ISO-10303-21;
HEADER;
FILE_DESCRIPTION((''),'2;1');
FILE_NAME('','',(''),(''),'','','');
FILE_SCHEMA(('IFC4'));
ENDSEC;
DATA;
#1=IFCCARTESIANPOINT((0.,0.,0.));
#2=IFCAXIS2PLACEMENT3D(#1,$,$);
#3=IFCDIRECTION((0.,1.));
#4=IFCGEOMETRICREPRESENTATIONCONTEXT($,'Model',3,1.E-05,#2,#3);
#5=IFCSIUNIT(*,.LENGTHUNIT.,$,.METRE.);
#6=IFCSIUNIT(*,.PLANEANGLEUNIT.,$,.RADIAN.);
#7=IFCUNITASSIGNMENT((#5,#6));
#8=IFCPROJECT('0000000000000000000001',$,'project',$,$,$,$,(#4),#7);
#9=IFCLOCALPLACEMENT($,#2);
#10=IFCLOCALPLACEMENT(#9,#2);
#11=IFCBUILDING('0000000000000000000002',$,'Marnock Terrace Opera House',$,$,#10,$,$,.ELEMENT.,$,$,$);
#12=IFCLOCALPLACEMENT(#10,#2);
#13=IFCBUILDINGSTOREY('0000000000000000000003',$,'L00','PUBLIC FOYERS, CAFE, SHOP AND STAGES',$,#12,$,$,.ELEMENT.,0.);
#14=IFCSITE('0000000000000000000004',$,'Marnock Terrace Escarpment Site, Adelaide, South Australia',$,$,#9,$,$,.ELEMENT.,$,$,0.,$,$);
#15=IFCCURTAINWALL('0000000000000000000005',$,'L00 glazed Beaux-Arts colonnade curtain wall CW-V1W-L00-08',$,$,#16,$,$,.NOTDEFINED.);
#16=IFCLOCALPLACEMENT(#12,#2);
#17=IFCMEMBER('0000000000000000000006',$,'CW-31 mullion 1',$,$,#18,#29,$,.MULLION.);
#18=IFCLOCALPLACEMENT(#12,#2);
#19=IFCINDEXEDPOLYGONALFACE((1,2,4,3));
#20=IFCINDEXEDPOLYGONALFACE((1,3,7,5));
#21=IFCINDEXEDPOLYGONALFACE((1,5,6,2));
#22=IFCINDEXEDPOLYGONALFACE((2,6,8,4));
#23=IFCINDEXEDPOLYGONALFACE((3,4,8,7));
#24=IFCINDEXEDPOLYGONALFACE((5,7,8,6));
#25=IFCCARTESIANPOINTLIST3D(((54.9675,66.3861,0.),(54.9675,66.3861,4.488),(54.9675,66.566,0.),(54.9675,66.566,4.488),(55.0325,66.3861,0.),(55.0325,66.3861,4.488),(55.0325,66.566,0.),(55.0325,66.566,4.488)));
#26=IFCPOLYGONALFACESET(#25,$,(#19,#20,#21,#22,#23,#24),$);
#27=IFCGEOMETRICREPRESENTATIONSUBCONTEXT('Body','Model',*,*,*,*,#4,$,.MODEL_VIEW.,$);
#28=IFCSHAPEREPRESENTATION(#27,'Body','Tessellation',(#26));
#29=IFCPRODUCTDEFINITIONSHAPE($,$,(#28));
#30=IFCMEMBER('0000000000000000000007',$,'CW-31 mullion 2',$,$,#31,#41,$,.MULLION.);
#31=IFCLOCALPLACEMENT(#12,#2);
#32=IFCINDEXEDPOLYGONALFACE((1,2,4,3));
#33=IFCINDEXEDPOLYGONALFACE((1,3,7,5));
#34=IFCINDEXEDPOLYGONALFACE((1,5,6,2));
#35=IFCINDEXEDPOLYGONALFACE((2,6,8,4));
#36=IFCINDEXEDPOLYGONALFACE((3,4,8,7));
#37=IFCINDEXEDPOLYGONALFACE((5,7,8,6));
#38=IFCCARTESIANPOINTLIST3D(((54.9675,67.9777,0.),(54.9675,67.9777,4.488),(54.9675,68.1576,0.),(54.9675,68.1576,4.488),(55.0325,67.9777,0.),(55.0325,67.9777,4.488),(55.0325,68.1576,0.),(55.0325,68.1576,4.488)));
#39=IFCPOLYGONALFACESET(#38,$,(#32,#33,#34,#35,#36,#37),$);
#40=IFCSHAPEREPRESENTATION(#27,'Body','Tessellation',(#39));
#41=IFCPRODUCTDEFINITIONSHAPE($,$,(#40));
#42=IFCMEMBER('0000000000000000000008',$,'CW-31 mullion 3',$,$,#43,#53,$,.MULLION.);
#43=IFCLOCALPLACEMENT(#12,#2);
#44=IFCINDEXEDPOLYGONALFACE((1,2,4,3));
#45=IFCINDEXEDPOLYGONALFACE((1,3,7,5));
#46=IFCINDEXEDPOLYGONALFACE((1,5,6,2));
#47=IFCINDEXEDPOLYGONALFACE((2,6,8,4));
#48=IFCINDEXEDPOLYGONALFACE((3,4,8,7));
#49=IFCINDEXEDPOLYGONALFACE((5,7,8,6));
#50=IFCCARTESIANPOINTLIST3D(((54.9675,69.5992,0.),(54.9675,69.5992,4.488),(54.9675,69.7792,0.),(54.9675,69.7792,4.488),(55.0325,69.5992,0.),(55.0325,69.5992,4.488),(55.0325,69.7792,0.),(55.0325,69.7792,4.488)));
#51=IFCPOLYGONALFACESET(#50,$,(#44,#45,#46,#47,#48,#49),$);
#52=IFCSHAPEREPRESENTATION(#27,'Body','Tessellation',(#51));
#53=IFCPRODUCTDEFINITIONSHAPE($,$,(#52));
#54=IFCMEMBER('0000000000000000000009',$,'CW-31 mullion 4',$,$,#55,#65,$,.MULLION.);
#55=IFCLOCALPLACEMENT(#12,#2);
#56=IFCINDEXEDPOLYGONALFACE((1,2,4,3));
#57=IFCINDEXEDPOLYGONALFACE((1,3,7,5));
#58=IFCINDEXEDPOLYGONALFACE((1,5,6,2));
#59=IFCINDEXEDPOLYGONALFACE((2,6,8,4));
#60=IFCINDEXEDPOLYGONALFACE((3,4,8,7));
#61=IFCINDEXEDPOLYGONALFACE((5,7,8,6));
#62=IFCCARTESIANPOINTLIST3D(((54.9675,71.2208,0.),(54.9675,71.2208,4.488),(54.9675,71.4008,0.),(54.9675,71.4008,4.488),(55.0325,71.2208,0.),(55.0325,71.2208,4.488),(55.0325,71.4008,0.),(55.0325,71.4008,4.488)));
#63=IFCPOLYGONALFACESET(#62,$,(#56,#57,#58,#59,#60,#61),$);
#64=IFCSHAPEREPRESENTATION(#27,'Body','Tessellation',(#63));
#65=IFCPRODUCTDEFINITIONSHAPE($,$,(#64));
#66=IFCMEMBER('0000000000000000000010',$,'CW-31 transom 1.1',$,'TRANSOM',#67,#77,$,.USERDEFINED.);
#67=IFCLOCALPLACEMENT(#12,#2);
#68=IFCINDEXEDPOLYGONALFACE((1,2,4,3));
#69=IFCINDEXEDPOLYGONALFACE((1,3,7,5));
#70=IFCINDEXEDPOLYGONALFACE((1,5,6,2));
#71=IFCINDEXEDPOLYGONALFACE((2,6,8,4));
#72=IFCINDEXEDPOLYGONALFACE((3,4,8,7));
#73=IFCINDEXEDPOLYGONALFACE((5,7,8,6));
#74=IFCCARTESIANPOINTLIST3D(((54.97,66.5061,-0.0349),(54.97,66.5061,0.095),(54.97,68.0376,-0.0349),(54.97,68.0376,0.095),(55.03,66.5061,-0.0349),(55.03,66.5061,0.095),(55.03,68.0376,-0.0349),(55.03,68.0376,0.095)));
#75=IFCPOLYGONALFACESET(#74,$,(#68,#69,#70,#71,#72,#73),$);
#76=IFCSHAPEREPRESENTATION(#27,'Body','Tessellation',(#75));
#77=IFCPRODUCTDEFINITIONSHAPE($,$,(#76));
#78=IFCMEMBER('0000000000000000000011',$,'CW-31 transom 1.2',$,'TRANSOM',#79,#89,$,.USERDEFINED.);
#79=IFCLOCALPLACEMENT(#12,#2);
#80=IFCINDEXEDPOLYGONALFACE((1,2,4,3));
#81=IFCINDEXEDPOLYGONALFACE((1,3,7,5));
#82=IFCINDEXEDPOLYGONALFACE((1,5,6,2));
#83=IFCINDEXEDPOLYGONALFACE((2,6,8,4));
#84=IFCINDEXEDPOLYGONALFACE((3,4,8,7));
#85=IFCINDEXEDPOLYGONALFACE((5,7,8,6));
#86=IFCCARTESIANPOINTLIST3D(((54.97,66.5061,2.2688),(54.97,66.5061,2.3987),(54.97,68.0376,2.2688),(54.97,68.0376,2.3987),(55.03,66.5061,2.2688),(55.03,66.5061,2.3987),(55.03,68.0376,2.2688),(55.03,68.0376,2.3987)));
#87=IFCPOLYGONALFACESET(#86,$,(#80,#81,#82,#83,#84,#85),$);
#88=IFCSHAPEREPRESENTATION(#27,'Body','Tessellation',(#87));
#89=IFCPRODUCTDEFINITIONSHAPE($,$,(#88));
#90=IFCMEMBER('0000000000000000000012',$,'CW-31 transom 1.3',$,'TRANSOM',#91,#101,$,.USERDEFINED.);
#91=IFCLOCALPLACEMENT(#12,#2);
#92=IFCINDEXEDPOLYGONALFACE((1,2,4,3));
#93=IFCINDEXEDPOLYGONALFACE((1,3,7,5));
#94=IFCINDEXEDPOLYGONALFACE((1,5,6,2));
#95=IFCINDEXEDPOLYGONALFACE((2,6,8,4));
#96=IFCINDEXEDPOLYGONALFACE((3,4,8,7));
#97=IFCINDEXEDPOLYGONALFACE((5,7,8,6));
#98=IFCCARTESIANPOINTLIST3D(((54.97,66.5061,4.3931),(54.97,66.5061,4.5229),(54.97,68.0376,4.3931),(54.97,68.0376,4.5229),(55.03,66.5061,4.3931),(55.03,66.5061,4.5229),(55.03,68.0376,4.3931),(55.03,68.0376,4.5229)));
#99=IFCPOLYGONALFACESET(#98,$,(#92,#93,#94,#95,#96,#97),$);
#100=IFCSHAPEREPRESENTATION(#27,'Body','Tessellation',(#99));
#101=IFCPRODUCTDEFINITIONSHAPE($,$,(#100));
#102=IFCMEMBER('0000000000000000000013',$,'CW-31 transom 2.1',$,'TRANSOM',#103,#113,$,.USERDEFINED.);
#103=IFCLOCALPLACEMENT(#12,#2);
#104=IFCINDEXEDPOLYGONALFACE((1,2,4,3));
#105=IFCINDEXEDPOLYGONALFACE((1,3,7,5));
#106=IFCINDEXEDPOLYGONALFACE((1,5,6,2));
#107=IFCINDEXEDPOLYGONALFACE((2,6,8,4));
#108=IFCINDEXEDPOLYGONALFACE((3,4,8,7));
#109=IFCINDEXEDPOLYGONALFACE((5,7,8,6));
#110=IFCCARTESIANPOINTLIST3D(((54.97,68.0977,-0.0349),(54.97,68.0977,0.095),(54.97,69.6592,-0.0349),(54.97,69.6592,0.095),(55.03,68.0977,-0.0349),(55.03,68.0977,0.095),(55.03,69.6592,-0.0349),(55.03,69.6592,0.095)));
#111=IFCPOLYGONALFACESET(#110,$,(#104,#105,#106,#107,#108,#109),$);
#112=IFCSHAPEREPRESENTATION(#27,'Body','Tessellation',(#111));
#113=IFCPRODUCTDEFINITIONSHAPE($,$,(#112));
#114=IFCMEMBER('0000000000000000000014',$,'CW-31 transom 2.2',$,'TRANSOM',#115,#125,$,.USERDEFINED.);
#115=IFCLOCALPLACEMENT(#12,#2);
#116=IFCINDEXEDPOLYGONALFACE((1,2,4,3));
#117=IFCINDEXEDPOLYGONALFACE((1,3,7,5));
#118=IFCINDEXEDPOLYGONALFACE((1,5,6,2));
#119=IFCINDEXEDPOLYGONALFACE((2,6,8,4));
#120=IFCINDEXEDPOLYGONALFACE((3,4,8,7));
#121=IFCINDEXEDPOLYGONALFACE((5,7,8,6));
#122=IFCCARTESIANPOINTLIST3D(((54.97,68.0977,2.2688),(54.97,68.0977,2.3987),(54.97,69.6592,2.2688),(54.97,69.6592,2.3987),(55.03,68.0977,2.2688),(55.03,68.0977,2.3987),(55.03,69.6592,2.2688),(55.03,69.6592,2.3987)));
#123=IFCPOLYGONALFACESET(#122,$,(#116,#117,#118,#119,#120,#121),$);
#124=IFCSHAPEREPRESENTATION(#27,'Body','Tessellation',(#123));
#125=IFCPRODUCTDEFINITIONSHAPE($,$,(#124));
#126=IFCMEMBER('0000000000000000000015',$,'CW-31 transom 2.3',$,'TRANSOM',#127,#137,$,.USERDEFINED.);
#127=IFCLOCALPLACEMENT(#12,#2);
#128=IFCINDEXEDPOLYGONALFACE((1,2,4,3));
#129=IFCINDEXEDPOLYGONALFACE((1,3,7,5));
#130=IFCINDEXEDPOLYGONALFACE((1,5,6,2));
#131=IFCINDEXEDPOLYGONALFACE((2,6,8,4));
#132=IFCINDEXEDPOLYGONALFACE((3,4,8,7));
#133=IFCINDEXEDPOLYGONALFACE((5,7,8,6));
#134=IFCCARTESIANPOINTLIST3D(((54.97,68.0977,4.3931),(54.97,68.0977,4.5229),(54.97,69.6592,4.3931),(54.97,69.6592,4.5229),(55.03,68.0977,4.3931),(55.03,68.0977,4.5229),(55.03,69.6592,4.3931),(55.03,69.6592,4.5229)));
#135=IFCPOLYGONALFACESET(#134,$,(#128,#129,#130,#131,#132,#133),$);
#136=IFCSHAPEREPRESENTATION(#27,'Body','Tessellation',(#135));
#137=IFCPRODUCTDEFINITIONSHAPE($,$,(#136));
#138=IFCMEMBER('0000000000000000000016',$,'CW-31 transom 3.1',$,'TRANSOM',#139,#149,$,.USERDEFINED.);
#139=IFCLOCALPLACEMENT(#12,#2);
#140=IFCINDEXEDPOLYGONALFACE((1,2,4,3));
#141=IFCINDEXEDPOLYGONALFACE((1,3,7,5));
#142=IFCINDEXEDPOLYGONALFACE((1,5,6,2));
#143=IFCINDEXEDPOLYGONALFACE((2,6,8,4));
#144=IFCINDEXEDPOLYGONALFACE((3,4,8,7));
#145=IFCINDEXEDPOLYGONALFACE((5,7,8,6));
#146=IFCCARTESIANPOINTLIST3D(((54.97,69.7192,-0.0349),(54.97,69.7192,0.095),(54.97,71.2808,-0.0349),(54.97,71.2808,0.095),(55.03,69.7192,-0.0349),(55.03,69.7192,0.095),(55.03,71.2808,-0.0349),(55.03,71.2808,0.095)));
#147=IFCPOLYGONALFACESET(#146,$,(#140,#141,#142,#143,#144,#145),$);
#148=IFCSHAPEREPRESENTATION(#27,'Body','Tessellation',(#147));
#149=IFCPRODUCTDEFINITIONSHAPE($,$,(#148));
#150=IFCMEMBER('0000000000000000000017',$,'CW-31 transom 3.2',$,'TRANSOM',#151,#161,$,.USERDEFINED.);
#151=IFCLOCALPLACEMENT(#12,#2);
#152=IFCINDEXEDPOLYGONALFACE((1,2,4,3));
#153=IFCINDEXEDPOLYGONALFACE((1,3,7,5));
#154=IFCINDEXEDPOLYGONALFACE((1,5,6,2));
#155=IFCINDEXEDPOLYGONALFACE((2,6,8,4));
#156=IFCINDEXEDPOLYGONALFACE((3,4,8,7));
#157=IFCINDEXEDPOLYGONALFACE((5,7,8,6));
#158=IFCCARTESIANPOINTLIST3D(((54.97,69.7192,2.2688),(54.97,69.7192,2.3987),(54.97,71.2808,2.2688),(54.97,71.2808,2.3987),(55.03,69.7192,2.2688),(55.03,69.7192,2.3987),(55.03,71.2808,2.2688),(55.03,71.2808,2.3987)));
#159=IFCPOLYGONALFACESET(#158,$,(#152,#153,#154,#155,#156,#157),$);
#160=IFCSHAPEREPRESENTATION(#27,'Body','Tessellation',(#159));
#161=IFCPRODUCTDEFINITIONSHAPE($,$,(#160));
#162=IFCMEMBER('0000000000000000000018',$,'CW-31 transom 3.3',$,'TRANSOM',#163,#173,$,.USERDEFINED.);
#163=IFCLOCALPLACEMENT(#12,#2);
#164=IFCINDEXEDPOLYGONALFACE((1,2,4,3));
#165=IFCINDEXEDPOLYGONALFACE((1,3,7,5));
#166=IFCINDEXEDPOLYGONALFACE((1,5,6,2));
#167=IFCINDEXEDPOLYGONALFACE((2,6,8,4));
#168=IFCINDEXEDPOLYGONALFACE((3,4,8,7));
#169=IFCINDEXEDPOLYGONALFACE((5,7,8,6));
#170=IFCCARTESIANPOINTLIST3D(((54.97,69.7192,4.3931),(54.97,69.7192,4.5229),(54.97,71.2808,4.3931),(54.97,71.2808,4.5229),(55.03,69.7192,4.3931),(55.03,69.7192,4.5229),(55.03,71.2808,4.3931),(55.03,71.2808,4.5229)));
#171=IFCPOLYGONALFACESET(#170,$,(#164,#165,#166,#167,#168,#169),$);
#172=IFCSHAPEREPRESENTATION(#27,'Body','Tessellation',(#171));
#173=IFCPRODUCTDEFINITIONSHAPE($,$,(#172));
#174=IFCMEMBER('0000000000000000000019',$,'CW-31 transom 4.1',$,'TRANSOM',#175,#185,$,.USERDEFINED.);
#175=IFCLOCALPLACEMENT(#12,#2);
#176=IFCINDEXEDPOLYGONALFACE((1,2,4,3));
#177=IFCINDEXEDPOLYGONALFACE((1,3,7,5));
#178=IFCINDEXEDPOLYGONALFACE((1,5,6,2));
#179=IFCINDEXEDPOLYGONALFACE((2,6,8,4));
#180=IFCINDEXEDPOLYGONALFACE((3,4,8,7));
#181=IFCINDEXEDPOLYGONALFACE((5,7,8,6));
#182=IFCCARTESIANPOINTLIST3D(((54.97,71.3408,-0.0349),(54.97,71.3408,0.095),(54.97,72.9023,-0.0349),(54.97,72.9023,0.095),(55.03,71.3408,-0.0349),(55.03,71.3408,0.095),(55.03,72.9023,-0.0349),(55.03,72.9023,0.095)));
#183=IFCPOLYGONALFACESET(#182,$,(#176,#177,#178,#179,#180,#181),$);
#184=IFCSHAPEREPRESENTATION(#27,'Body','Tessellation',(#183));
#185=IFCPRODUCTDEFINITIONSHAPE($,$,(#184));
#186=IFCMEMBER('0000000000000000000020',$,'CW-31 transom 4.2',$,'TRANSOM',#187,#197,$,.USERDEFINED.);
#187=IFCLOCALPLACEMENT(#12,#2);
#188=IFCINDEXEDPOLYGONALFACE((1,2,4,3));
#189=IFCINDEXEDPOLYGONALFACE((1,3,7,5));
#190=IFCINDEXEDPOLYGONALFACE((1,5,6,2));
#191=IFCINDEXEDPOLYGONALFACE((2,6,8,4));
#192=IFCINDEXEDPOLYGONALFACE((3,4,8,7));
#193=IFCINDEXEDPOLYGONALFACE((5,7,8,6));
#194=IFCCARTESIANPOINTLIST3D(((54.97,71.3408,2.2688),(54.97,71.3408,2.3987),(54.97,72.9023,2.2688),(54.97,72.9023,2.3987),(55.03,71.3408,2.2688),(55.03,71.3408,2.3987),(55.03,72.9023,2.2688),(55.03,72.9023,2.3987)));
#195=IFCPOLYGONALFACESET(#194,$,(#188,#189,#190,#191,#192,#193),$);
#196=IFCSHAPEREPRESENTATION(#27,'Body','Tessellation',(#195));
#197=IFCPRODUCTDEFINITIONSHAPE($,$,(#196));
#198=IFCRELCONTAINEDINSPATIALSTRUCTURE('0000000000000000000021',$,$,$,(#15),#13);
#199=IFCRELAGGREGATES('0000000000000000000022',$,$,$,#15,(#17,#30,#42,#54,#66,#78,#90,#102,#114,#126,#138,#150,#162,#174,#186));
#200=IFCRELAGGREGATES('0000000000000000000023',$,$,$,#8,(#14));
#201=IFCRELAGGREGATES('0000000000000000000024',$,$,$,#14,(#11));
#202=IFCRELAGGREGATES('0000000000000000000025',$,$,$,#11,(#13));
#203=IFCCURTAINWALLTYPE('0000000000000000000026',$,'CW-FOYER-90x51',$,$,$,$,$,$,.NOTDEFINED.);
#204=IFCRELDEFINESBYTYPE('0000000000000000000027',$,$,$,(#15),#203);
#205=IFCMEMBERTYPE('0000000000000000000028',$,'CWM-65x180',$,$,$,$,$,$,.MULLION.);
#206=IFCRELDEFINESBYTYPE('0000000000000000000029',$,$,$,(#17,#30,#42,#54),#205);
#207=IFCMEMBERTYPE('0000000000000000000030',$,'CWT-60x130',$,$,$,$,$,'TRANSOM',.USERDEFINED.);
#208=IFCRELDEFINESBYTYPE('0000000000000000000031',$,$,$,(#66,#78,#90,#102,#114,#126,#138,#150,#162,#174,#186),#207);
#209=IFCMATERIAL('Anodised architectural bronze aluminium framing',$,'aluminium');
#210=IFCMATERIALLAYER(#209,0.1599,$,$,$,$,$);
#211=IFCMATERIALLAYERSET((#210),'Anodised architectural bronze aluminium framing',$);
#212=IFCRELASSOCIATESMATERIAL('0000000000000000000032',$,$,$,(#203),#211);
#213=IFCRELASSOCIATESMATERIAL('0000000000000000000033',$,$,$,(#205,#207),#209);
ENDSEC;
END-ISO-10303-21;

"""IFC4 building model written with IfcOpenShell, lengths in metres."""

from ifc_helpers import new_model, si_unit, direction, frame, origin, origin_2d, place, context, subcontext, project, spatial, rectangle, extrude, material, layer, layer_set, material_profile, profile_set, type_object, element, aggregate, save


model = new_model("IFC4")

# Units and contexts
model_context = context("Model", 3, precision=1e-05, world=origin(), true_north=direction((0.0, 1.0)))
body_context = subcontext(model_context, "Body", "Model", "MODEL_VIEW")
ifc_project = project(units=[si_unit("LENGTHUNIT", "METRE"), si_unit("PLANEANGLEUNIT", "RADIAN")], contexts=[model_context])

# Site, building, storey
site_placement = place(None, origin())
site = spatial("IfcSite", under=ifc_project, at=site_placement, Name="Marnock Terrace Escarpment Site, Adelaide, South Australia", CompositionType="ELEMENT", RefElevation=0.0)
building_placement = place(site_placement, origin())
building = spatial("IfcBuilding", under=site, at=building_placement, Name="Marnock Terrace Opera House", CompositionType="ELEMENT")
storey_placement = place(building_placement, origin())
storey = spatial("IfcBuildingStorey", under=building, at=storey_placement, Name="L00", Description="PUBLIC FOYERS, CAFE, SHOP AND STAGES", CompositionType="ELEMENT", Elevation=0.0)

# Curtain wall, members
ifc_material = material(Name="Anodised architectural bronze aluminium framing", Category="aluminium")
ifc_layer_1 = layer(ifc_material, 0.1599)
ifc_layer_set_1 = layer_set([ifc_layer_1], Name="Anodised architectural bronze aluminium framing")
curtain_wall_type = type_object("IfcCurtainWallType", Name="CW-FOYER-90x51", PredefinedType="NOTDEFINED", material=ifc_layer_set_1)
curtain_wall_placement = place(storey_placement, origin())
curtain_wall = element("IfcCurtainWall", 1, at=curtain_wall_placement, inside=storey, type_object=curtain_wall_type, Name="L00 glazed Beaux-Arts colonnade curtain wall CW-V1W-L00-08", PredefinedType="NOTDEFINED")
ifc_material_profile_1 = material_profile(ifc_material, rectangle(XDim=0.0649, YDim=0.1799, at=origin_2d()))
ifc_profile_set_1 = profile_set([ifc_material_profile_1], Name="Anodised architectural bronze aluminium framing")
member_type_1 = type_object("IfcMemberType", Name="CWM-65x180", PredefinedType="MULLION", material=ifc_profile_set_1)
member_1_placement = place(storey_placement, frame((55.0, 66.4761, 0.0), z_axis=(0.0, 0.0, 1.0), x_axis=(-1.0, 0.0, 0.0)))
member_1 = element("IfcMember", 2, at=member_1_placement, type_object=member_type_1, Name="CW-31 mullion 1", PredefinedType="MULLION", context=body_context, shape_type="SweptSolid", body=[
    extrude(rectangle(XDim=0.0649, YDim=0.1799, at=origin_2d()), origin(), (0.0, 0.0, 1.0), 4.488),
])
member_2_placement = place(storey_placement, frame((55.0, 68.0676, 0.0), z_axis=(0.0, 0.0, 1.0), x_axis=(-1.0, 0.0, 0.0)))
member_2 = element("IfcMember", 3, at=member_2_placement, type_object=member_type_1, Name="CW-31 mullion 2", PredefinedType="MULLION", context=body_context, shape_type="SweptSolid", body=[
    extrude(rectangle(XDim=0.0649, YDim=0.1799, at=origin_2d()), origin(), (0.0, 0.0, 1.0), 4.488),
])
member_3_placement = place(storey_placement, frame((55.0, 69.6892, 0.0), z_axis=(0.0, 0.0, 1.0), x_axis=(-1.0, 0.0, 0.0)))
member_3 = element("IfcMember", 4, at=member_3_placement, type_object=member_type_1, Name="CW-31 mullion 3", PredefinedType="MULLION", context=body_context, shape_type="SweptSolid", body=[
    extrude(rectangle(XDim=0.0649, YDim=0.1799, at=origin_2d()), origin(), (0.0, 0.0, 1.0), 4.488),
])
member_4_placement = place(storey_placement, frame((55.0, 71.3108, 0.0), z_axis=(0.0, 0.0, 1.0), x_axis=(-1.0, 0.0, 0.0)))
member_4 = element("IfcMember", 5, at=member_4_placement, type_object=member_type_1, Name="CW-31 mullion 4", PredefinedType="MULLION", context=body_context, shape_type="SweptSolid", body=[
    extrude(rectangle(XDim=0.0649, YDim=0.1799, at=origin_2d()), origin(), (0.0, 0.0, 1.0), 4.488),
])
ifc_material_profile_2 = material_profile(ifc_material, rectangle(XDim=0.0601, YDim=0.1299, at=origin_2d()))
ifc_profile_set_2 = profile_set([ifc_material_profile_2], Name="Anodised architectural bronze aluminium framing")
member_type_2 = type_object("IfcMemberType", Name="CWT-60x130", ElementType="TRANSOM", PredefinedType="USERDEFINED", material=ifc_profile_set_2)
member_5_placement = place(storey_placement, frame((55.0, 66.5061, 0.03), z_axis=(0.0, 1.0, 0.0), x_axis=(-1.0, 0.0, 0.0)))
member_5 = element("IfcMember", 6, at=member_5_placement, type_object=member_type_2, Name="CW-31 transom 1.1", ObjectType="TRANSOM", PredefinedType="USERDEFINED", context=body_context, shape_type="SweptSolid", body=[
    extrude(rectangle(XDim=0.0601, YDim=0.1299, at=origin_2d()), origin(), (0.0, 0.0, 1.0), 1.5315),
])
member_6_placement = place(storey_placement, frame((55.0, 66.5061, 2.3337), z_axis=(0.0, 1.0, 0.0), x_axis=(-1.0, 0.0, 0.0)))
member_6 = element("IfcMember", 7, at=member_6_placement, type_object=member_type_2, Name="CW-31 transom 1.2", ObjectType="TRANSOM", PredefinedType="USERDEFINED", context=body_context, shape_type="SweptSolid", body=[
    extrude(rectangle(XDim=0.0601, YDim=0.1299, at=origin_2d()), origin(), (0.0, 0.0, 1.0), 1.5315),
])
member_7_placement = place(storey_placement, frame((55.0, 66.5061, 4.458), z_axis=(0.0, 1.0, 0.0), x_axis=(-1.0, 0.0, 0.0)))
member_7 = element("IfcMember", 8, at=member_7_placement, type_object=member_type_2, Name="CW-31 transom 1.3", ObjectType="TRANSOM", PredefinedType="USERDEFINED", context=body_context, shape_type="SweptSolid", body=[
    extrude(rectangle(XDim=0.0601, YDim=0.1299, at=origin_2d()), origin(), (0.0, 0.0, 1.0), 1.5315),
])
member_8_placement = place(storey_placement, frame((55.0, 68.0977, 0.03), z_axis=(0.0, 1.0, 0.0), x_axis=(-1.0, 0.0, 0.0)))
member_8 = element("IfcMember", 9, at=member_8_placement, type_object=member_type_2, Name="CW-31 transom 2.1", ObjectType="TRANSOM", PredefinedType="USERDEFINED", context=body_context, shape_type="SweptSolid", body=[
    extrude(rectangle(XDim=0.0601, YDim=0.1299, at=origin_2d()), origin(), (0.0, 0.0, 1.0), 1.5615),
])
member_9_placement = place(storey_placement, frame((55.0, 68.0977, 2.3337), z_axis=(0.0, 1.0, 0.0), x_axis=(-1.0, 0.0, 0.0)))
member_9 = element("IfcMember", 10, at=member_9_placement, type_object=member_type_2, Name="CW-31 transom 2.2", ObjectType="TRANSOM", PredefinedType="USERDEFINED", context=body_context, shape_type="SweptSolid", body=[
    extrude(rectangle(XDim=0.0601, YDim=0.1299, at=origin_2d()), origin(), (0.0, 0.0, 1.0), 1.5615),
])
member_10_placement = place(storey_placement, frame((55.0, 68.0977, 4.458), z_axis=(0.0, 1.0, 0.0), x_axis=(-1.0, 0.0, 0.0)))
member_10 = element("IfcMember", 11, at=member_10_placement, type_object=member_type_2, Name="CW-31 transom 2.3", ObjectType="TRANSOM", PredefinedType="USERDEFINED", context=body_context, shape_type="SweptSolid", body=[
    extrude(rectangle(XDim=0.0601, YDim=0.1299, at=origin_2d()), origin(), (0.0, 0.0, 1.0), 1.5615),
])
member_11_placement = place(storey_placement, frame((55.0, 69.7192, 0.03), z_axis=(0.0, 1.0, 0.0), x_axis=(-1.0, 0.0, 0.0)))
member_11 = element("IfcMember", 12, at=member_11_placement, type_object=member_type_2, Name="CW-31 transom 3.1", ObjectType="TRANSOM", PredefinedType="USERDEFINED", context=body_context, shape_type="SweptSolid", body=[
    extrude(rectangle(XDim=0.0601, YDim=0.1299, at=origin_2d()), origin(), (0.0, 0.0, 1.0), 1.5615),
])
member_12_placement = place(storey_placement, frame((55.0, 69.7192, 2.3337), z_axis=(0.0, 1.0, 0.0), x_axis=(-1.0, 0.0, 0.0)))
member_12 = element("IfcMember", 13, at=member_12_placement, type_object=member_type_2, Name="CW-31 transom 3.2", ObjectType="TRANSOM", PredefinedType="USERDEFINED", context=body_context, shape_type="SweptSolid", body=[
    extrude(rectangle(XDim=0.0601, YDim=0.1299, at=origin_2d()), origin(), (0.0, 0.0, 1.0), 1.5615),
])
member_13_placement = place(storey_placement, frame((55.0, 69.7192, 4.458), z_axis=(0.0, 1.0, 0.0), x_axis=(-1.0, 0.0, 0.0)))
member_13 = element("IfcMember", 14, at=member_13_placement, type_object=member_type_2, Name="CW-31 transom 3.3", ObjectType="TRANSOM", PredefinedType="USERDEFINED", context=body_context, shape_type="SweptSolid", body=[
    extrude(rectangle(XDim=0.0601, YDim=0.1299, at=origin_2d()), origin(), (0.0, 0.0, 1.0), 1.5615),
])
member_14_placement = place(storey_placement, frame((55.0, 71.3408, 0.03), z_axis=(0.0, 1.0, 0.0), x_axis=(-1.0, 0.0, 0.0)))
member_14 = element("IfcMember", 15, at=member_14_placement, type_object=member_type_2, Name="CW-31 transom 4.1", ObjectType="TRANSOM", PredefinedType="USERDEFINED", context=body_context, shape_type="SweptSolid", body=[
    extrude(rectangle(XDim=0.0601, YDim=0.1299, at=origin_2d()), origin(), (0.0, 0.0, 1.0), 1.5615),
])
member_15_placement = place(storey_placement, frame((55.0, 71.3408, 2.3337), z_axis=(0.0, 1.0, 0.0), x_axis=(-1.0, 0.0, 0.0)))
member_15 = element("IfcMember", 16, at=member_15_placement, type_object=member_type_2, Name="CW-31 transom 4.2", ObjectType="TRANSOM", PredefinedType="USERDEFINED", context=body_context, shape_type="SweptSolid", body=[
    extrude(rectangle(XDim=0.0601, YDim=0.1299, at=origin_2d()), origin(), (0.0, 0.0, 1.0), 1.5615),
])
aggregate(curtain_wall, [member_1, member_2, member_3, member_4, member_5, member_6, member_7, member_8, member_9, member_10, member_11, member_12, member_13, member_14, member_15])

save(model, "model.ifc")
